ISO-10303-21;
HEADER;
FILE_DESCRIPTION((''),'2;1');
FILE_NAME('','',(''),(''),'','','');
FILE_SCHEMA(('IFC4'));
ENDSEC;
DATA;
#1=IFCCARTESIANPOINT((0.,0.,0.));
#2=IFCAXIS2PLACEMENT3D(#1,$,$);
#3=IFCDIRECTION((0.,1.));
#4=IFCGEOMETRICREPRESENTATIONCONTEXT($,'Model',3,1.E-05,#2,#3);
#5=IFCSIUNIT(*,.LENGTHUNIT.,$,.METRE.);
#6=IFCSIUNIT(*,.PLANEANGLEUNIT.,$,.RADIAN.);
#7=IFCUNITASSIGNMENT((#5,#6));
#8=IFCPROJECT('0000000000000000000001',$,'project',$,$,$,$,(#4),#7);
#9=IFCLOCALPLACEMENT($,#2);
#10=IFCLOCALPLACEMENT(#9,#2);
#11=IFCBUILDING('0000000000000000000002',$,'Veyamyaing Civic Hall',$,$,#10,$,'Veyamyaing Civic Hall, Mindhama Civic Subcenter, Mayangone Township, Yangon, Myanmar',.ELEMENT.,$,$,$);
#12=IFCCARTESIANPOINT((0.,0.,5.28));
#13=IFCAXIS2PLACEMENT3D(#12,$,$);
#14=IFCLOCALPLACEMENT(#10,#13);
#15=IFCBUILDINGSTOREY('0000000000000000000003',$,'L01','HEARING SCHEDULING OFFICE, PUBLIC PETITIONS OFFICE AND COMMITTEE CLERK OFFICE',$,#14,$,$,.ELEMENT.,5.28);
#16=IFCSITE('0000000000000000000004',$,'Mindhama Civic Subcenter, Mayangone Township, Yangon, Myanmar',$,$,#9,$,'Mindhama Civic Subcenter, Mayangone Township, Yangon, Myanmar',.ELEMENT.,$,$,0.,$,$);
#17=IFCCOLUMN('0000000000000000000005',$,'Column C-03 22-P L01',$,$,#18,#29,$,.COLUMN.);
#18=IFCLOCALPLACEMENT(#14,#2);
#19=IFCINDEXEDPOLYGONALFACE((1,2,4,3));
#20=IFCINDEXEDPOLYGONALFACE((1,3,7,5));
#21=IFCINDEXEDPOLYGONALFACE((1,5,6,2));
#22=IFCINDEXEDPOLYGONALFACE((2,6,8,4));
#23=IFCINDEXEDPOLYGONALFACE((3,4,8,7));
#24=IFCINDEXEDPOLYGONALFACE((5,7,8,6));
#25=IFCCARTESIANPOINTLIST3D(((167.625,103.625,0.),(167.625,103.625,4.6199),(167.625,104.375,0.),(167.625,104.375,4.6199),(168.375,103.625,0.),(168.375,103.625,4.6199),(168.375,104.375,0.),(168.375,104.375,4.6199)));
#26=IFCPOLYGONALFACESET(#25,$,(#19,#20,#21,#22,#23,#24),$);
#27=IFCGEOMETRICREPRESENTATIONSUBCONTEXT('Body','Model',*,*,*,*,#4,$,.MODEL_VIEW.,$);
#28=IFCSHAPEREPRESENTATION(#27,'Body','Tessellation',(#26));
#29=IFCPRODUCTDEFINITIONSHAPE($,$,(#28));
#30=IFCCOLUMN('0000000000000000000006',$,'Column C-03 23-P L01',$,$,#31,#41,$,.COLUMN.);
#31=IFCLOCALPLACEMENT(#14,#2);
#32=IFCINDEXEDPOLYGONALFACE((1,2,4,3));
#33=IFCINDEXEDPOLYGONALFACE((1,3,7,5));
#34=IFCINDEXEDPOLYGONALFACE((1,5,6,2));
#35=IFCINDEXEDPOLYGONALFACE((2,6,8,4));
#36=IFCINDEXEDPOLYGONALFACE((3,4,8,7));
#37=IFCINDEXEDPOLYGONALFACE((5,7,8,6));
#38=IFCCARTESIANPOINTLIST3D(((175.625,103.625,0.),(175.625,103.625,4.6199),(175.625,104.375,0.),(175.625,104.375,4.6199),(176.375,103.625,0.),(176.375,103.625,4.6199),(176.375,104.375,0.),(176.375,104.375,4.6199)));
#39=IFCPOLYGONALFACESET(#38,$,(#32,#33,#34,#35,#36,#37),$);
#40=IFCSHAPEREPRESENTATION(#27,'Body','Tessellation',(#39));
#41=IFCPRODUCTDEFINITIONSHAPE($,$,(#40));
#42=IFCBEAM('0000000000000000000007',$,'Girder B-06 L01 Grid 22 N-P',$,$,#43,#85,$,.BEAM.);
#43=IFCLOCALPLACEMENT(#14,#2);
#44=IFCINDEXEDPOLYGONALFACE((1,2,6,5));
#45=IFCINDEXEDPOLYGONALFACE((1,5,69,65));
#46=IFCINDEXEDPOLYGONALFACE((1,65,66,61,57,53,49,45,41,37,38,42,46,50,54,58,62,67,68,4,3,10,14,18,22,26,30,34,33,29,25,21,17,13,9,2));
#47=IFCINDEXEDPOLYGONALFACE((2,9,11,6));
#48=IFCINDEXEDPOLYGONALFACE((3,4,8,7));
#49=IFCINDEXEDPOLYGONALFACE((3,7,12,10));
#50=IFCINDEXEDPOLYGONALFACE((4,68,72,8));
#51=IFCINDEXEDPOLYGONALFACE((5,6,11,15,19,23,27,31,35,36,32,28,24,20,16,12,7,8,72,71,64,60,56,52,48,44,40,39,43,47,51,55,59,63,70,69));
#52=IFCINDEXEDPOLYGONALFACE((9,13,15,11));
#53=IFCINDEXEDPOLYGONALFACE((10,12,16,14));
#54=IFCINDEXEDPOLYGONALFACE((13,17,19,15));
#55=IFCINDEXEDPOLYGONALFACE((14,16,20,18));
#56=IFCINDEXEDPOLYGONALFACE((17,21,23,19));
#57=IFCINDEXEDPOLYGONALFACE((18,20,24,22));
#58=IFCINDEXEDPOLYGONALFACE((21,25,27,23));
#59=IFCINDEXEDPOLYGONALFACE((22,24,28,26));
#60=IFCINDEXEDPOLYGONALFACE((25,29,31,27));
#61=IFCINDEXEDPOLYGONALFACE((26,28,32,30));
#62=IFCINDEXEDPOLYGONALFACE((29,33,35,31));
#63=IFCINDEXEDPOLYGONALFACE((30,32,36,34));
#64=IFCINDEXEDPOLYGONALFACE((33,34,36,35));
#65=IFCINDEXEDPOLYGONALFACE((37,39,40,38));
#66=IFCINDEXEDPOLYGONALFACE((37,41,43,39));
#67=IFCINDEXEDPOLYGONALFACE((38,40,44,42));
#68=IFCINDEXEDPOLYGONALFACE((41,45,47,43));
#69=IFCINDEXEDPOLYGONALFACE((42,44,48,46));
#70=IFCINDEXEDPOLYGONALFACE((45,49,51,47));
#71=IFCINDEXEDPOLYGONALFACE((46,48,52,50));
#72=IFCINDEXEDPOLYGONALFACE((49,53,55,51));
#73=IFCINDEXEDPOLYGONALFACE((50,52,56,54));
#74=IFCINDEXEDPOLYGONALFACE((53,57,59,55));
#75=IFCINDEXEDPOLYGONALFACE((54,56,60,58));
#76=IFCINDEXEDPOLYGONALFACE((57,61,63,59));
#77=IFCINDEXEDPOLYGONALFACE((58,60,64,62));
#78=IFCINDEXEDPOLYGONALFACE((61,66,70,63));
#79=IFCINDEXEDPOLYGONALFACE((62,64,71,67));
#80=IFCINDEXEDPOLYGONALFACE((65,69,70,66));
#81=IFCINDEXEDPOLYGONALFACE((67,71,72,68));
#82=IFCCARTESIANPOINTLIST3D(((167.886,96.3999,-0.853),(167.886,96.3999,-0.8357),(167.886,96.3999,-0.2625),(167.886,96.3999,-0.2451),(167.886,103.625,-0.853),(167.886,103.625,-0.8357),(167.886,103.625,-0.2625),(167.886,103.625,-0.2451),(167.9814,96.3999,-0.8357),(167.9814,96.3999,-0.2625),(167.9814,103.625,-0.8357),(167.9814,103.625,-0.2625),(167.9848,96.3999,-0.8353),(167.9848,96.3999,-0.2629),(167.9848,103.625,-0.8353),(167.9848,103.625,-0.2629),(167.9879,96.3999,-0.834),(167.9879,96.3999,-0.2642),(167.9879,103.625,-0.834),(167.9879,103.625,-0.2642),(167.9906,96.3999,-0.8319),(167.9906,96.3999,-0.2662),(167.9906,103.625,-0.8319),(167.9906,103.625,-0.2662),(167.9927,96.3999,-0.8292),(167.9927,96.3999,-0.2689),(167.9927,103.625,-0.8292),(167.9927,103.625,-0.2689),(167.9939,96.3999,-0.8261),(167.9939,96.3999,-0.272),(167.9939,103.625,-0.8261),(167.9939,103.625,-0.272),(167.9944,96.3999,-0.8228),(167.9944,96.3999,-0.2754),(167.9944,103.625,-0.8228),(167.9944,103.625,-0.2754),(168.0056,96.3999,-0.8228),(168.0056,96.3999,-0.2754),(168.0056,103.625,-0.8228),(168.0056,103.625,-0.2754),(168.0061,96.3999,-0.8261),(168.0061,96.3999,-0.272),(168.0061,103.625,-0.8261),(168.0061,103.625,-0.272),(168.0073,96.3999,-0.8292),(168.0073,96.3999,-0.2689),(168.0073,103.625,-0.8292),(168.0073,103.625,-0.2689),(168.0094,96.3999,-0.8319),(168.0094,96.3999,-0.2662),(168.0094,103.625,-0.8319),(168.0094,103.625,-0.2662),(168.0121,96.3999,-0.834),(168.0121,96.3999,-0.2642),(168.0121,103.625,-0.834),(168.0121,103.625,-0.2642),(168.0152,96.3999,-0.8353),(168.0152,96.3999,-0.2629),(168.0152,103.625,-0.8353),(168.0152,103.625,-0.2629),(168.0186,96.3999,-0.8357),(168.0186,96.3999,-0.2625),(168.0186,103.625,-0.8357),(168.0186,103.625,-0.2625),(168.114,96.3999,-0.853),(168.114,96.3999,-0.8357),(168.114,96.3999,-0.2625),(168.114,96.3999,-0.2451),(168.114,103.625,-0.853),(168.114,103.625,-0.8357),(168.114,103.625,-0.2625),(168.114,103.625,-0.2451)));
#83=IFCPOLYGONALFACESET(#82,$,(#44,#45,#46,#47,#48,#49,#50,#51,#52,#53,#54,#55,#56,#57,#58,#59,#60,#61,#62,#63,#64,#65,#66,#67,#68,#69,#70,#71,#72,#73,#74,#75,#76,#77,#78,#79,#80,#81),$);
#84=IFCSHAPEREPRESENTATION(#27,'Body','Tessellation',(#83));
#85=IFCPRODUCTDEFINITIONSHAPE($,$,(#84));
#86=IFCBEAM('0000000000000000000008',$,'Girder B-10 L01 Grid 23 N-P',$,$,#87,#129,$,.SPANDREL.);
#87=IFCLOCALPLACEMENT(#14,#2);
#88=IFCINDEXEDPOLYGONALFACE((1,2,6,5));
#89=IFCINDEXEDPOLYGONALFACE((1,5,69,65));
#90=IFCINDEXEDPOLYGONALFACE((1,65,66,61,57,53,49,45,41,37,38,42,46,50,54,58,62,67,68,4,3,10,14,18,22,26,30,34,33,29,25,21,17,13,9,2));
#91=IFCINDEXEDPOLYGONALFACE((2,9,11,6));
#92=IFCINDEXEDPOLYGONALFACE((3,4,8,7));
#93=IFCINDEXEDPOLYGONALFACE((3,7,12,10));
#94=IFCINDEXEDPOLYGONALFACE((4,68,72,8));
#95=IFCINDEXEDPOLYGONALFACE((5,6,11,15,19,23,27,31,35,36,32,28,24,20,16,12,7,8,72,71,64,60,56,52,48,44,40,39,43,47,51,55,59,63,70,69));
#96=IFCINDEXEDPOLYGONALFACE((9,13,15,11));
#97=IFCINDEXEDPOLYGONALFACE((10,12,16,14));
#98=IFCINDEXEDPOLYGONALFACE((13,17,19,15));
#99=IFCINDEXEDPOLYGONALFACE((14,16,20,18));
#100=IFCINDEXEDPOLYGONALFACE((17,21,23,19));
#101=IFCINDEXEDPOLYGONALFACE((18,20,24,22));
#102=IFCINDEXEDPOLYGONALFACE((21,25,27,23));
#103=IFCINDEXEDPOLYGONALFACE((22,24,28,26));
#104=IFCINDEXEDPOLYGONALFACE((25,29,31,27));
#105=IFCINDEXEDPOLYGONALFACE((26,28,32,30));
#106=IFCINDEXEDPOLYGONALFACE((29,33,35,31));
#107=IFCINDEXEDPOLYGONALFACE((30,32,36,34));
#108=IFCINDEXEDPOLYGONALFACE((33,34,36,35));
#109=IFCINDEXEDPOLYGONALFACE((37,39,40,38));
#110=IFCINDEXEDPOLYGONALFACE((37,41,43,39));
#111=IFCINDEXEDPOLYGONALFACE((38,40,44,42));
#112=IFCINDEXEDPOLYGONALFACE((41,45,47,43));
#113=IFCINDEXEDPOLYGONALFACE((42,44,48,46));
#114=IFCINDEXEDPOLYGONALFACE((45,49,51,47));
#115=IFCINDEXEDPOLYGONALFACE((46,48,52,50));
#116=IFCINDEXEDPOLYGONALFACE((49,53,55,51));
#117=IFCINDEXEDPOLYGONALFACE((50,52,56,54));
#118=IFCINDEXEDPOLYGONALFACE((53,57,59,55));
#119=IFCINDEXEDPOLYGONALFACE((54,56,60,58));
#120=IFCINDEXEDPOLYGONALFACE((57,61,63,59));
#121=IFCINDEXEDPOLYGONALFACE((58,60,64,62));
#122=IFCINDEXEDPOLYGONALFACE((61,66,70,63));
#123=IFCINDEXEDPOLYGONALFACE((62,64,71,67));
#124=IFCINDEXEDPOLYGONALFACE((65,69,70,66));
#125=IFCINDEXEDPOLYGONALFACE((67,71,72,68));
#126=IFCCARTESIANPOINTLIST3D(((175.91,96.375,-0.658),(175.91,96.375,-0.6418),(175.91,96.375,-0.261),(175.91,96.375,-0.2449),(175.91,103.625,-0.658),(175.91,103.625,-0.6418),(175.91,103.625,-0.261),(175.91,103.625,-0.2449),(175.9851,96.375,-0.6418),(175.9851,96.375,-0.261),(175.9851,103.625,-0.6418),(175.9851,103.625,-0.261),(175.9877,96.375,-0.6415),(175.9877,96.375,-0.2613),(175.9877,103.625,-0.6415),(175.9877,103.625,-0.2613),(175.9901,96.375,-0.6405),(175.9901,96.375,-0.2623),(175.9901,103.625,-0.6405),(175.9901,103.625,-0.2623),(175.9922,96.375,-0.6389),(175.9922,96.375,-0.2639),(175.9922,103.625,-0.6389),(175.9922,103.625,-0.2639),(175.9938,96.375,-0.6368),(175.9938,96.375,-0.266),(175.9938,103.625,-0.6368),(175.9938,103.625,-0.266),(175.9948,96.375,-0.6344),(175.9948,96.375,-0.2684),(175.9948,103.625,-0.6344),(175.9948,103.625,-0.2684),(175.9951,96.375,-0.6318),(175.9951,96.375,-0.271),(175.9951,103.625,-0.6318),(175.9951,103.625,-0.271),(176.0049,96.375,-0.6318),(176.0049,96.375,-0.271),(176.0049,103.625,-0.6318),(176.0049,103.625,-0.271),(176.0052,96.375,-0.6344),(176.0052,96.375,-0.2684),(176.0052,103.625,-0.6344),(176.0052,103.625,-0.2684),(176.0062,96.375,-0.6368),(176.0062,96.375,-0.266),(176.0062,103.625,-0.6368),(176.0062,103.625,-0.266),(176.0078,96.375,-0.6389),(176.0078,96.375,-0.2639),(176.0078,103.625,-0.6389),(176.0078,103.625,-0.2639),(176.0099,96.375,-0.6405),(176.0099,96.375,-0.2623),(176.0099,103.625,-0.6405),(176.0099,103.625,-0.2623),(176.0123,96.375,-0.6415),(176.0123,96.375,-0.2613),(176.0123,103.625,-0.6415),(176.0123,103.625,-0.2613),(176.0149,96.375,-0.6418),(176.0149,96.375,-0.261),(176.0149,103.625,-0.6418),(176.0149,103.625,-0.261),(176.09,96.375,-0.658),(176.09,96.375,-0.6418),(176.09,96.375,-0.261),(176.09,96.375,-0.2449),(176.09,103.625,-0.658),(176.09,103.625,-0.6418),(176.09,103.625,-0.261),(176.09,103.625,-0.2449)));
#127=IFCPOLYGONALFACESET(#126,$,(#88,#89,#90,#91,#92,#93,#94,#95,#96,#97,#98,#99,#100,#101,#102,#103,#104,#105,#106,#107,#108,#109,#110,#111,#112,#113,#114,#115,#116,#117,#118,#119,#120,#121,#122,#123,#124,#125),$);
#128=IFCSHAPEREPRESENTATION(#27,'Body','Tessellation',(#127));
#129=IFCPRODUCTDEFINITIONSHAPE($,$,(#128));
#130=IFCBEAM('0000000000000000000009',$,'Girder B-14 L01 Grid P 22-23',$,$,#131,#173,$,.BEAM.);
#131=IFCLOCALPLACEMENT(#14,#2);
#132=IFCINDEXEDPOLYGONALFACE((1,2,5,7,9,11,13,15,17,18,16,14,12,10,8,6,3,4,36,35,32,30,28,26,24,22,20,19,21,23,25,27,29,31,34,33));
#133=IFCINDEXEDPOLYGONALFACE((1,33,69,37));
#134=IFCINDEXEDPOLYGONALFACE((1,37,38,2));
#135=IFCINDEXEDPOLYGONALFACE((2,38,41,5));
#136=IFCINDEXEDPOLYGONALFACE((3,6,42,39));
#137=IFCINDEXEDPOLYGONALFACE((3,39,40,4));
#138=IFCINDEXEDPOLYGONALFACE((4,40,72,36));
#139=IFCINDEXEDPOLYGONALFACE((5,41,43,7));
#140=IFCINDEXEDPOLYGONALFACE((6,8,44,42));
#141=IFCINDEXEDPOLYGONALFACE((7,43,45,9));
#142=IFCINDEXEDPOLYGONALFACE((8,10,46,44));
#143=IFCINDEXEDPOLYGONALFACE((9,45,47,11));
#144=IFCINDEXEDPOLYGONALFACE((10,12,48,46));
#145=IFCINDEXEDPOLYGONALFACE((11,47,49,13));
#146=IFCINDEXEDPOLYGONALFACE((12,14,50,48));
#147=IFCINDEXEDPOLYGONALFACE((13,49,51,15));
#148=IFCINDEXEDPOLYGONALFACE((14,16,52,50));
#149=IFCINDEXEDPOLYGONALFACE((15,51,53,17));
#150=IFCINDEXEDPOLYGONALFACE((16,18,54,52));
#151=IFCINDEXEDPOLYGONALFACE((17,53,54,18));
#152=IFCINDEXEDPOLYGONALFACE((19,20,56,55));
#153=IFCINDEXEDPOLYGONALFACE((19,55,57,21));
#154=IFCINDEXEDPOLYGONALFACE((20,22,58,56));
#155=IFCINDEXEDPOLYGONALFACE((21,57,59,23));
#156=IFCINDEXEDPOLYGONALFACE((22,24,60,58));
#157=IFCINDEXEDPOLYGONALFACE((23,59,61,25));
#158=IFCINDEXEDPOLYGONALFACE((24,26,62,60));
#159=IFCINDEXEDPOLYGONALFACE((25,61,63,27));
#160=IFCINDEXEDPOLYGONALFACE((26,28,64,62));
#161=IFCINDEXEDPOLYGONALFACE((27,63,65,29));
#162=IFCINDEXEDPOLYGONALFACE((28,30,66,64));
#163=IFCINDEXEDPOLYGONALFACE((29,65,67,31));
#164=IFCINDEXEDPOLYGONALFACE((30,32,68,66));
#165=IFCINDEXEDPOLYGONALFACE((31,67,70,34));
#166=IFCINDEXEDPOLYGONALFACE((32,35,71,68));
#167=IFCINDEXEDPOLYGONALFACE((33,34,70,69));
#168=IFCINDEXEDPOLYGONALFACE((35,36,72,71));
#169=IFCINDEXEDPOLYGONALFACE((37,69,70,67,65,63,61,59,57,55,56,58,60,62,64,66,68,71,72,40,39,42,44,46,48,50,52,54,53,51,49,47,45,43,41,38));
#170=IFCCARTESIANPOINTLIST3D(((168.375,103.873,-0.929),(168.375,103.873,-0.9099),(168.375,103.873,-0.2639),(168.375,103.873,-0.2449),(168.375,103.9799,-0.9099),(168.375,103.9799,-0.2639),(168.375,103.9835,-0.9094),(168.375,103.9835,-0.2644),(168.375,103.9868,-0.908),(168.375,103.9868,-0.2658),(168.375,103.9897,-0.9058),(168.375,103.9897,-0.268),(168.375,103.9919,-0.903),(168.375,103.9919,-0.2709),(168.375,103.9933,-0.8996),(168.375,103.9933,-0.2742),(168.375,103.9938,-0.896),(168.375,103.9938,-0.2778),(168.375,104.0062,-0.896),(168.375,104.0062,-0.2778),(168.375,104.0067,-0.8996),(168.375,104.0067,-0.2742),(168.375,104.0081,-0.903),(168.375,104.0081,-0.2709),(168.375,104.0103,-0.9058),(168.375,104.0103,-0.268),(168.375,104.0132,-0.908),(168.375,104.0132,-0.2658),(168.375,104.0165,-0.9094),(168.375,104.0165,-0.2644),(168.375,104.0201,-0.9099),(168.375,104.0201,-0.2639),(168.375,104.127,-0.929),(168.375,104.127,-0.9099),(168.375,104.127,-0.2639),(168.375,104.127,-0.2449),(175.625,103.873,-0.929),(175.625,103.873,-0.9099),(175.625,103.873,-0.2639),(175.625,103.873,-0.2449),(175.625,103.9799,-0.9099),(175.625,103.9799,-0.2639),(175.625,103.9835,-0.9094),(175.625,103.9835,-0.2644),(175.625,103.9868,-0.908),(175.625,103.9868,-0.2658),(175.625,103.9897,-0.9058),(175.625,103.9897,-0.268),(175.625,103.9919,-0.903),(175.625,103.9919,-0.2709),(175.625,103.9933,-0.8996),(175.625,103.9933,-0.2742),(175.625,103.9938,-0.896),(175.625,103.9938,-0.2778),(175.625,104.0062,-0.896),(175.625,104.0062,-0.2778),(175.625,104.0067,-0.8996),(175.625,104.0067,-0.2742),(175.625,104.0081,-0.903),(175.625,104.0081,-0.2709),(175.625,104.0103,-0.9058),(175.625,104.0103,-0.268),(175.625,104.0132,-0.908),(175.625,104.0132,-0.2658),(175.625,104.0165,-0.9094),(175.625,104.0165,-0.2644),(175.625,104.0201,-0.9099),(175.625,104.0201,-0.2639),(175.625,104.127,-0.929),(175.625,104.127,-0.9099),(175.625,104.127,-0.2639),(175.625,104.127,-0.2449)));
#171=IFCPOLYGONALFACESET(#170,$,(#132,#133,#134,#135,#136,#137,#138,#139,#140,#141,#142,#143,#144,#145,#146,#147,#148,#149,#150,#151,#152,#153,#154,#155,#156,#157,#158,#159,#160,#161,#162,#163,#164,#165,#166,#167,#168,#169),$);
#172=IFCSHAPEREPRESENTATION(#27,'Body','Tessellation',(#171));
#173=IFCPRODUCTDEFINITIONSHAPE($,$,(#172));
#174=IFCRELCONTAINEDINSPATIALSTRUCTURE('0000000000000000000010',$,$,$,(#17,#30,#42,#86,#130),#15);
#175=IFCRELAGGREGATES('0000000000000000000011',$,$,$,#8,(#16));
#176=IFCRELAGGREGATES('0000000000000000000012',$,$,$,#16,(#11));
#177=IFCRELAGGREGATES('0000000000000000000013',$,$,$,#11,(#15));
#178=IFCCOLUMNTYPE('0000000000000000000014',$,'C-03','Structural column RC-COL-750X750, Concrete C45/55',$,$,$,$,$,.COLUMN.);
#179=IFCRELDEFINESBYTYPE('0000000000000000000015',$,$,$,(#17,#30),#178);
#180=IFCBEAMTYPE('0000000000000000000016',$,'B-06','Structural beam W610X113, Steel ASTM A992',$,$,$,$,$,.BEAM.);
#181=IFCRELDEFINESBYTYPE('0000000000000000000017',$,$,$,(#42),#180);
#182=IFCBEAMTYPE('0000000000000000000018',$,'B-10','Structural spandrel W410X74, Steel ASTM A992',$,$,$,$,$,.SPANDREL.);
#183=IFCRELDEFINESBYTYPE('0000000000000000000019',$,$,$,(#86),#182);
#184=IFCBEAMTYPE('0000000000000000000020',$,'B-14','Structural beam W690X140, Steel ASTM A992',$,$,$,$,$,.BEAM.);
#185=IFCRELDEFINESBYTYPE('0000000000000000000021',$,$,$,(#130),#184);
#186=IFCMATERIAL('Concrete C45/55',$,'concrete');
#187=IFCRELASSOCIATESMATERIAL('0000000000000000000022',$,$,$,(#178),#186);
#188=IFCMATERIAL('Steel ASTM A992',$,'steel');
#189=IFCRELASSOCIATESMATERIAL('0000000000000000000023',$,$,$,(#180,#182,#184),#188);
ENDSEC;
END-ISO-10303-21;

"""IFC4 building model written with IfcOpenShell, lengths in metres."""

from ifc_helpers import new_model, si_unit, direction, frame, origin, origin_2d, place, context, subcontext, project, spatial, rectangle, i_section, extrude, material, material_profile, profile_set, type_object, element, save


model = new_model("IFC4")

# Units and contexts
model_context = context("Model", 3, precision=1e-05, world=origin(), true_north=direction((0.0, 1.0)))
body_context = subcontext(model_context, "Body", "Model", "MODEL_VIEW")
ifc_project = project(units=[si_unit("LENGTHUNIT", "METRE"), si_unit("PLANEANGLEUNIT", "RADIAN")], contexts=[model_context])

# Site, building, storey
site_placement = place(None, origin())
site = spatial("IfcSite", under=ifc_project, at=site_placement, Name="Mindhama Civic Subcenter, Mayangone Township, Yangon, Myanmar", LongName="Mindhama Civic Subcenter, Mayangone Township, Yangon, Myanmar", CompositionType="ELEMENT", RefElevation=0.0)
building_placement = place(site_placement, origin())
building = spatial("IfcBuilding", under=site, at=building_placement, Name="Veyamyaing Civic Hall", LongName="Veyamyaing Civic Hall, Mindhama Civic Subcenter, Mayangone Township, Yangon, Myanmar", CompositionType="ELEMENT")
storey_placement = place(building_placement, frame((0.0, 0.0, 5.28)))
storey = spatial("IfcBuildingStorey", under=building, at=storey_placement, Name="L01", Description="HEARING SCHEDULING OFFICE, PUBLIC PETITIONS OFFICE AND COMMITTEE CLERK OFFICE", CompositionType="ELEMENT", Elevation=5.28)

# Columns
ifc_material_1 = material(Name="Concrete C45/55", Category="concrete")
ifc_material_profile_1 = material_profile(ifc_material_1, rectangle(XDim=0.75, YDim=0.75, at=origin_2d()), Name="RC-COL-750X750")
ifc_profile_set_1 = profile_set([ifc_material_profile_1], Name="Concrete C45/55")
column_type = type_object("IfcColumnType", Name="C-03", Description="Structural column RC-COL-750X750, Concrete C45/55", PredefinedType="COLUMN", material=ifc_profile_set_1)
for number, where, z_axis, x_axis, name in (
    (1, (168.0, 104.0, 0.0), (0.0, 0.0, 1.0), (1.0, 0.0, 0.0), "Column C-03 22-P L01"),
    (2, (176.0, 104.0, 0.0), (0.0, 0.0, 1.0), (1.0, 0.0, 0.0), "Column C-03 23-P L01"),
):
    element("IfcColumn", number, at=place(storey_placement, frame(where, z_axis=z_axis, x_axis=x_axis)), inside=storey, type_object=column_type, Name=name, PredefinedType="COLUMN", context=body_context, shape_type="SweptSolid", body=[
        extrude(rectangle(XDim=0.75, YDim=0.75, at=origin_2d()), origin(), (0.0, 0.0, 1.0), 4.6199),
    ])

# Beams
ifc_material_2 = material(Name="Steel ASTM A992", Category="steel")
ifc_material_profile_2 = material_profile(ifc_material_2, i_section(OverallWidth=0.228, OverallDepth=0.6079, WebThickness=0.0112, FlangeThickness=0.0173, FilletRadius=0.0129, at=origin_2d()), Name="W610X113")
ifc_profile_set_2 = profile_set([ifc_material_profile_2], Name="Steel ASTM A992")
beam_type_1 = type_object("IfcBeamType", Name="B-06", Description="Structural beam W610X113, Steel ASTM A992", PredefinedType="BEAM", material=ifc_profile_set_2)
beam_1_placement = place(storey_placement, frame((168.0, 96.3999, -0.5491), z_axis=(0.0, 1.0, 0.0), x_axis=(-1.0, 0.0, 0.0)))
element("IfcBeam", 3, at=beam_1_placement, inside=storey, type_object=beam_type_1, Name="Girder B-06 L01 Grid 22 N-P", PredefinedType="BEAM", context=body_context, shape_type="SweptSolid", body=[
    extrude(i_section(OverallWidth=0.228, OverallDepth=0.6079, WebThickness=0.0112, FlangeThickness=0.0173, FilletRadius=0.0129, at=origin_2d()), origin(), (0.0, 0.0, 1.0), 7.2251),
])
ifc_material_profile_3 = material_profile(ifc_material_2, i_section(OverallWidth=0.1799, OverallDepth=0.4131, WebThickness=0.0098, FlangeThickness=0.0161, FilletRadius=0.01, at=origin_2d()), Name="W410X74")
ifc_profile_set_3 = profile_set([ifc_material_profile_3], Name="Steel ASTM A992")
beam_type_2 = type_object("IfcBeamType", Name="B-10", Description="Structural spandrel W410X74, Steel ASTM A992", PredefinedType="SPANDREL", material=ifc_profile_set_3)
beam_2_placement = place(storey_placement, frame((176.0, 96.375, -0.4514), z_axis=(0.0, 1.0, 0.0), x_axis=(-1.0, 0.0, 0.0)))
element("IfcBeam", 4, at=beam_2_placement, inside=storey, type_object=beam_type_2, Name="Girder B-10 L01 Grid 23 N-P", PredefinedType="SPANDREL", context=body_context, shape_type="SweptSolid", body=[
    extrude(i_section(OverallWidth=0.1799, OverallDepth=0.4131, WebThickness=0.0098, FlangeThickness=0.0161, FilletRadius=0.01, at=origin_2d()), origin(), (0.0, 0.0, 1.0), 7.25),
])
ifc_material_profile_4 = material_profile(ifc_material_2, i_section(OverallWidth=0.2539, OverallDepth=0.6841, WebThickness=0.0125, FlangeThickness=0.019, FilletRadius=0.0139, at=origin_2d()), Name="W690X140")
ifc_profile_set_4 = profile_set([ifc_material_profile_4], Name="Steel ASTM A992")
beam_type_3 = type_object("IfcBeamType", Name="B-14", Description="Structural beam W690X140, Steel ASTM A992", PredefinedType="BEAM", material=ifc_profile_set_4)
beam_3_placement = place(storey_placement, frame((168.375, 104.0, -0.5869), z_axis=(1.0, 0.0, 0.0), x_axis=(0.0, 1.0, 0.0)))
element("IfcBeam", 5, at=beam_3_placement, inside=storey, type_object=beam_type_3, Name="Girder B-14 L01 Grid P 22-23", PredefinedType="BEAM", context=body_context, shape_type="SweptSolid", body=[
    extrude(i_section(OverallWidth=0.2539, OverallDepth=0.6841, WebThickness=0.0125, FlangeThickness=0.019, FilletRadius=0.0139, at=origin_2d()), origin(), (0.0, 0.0, 1.0), 7.25),
])

save(model, "model.ifc")
